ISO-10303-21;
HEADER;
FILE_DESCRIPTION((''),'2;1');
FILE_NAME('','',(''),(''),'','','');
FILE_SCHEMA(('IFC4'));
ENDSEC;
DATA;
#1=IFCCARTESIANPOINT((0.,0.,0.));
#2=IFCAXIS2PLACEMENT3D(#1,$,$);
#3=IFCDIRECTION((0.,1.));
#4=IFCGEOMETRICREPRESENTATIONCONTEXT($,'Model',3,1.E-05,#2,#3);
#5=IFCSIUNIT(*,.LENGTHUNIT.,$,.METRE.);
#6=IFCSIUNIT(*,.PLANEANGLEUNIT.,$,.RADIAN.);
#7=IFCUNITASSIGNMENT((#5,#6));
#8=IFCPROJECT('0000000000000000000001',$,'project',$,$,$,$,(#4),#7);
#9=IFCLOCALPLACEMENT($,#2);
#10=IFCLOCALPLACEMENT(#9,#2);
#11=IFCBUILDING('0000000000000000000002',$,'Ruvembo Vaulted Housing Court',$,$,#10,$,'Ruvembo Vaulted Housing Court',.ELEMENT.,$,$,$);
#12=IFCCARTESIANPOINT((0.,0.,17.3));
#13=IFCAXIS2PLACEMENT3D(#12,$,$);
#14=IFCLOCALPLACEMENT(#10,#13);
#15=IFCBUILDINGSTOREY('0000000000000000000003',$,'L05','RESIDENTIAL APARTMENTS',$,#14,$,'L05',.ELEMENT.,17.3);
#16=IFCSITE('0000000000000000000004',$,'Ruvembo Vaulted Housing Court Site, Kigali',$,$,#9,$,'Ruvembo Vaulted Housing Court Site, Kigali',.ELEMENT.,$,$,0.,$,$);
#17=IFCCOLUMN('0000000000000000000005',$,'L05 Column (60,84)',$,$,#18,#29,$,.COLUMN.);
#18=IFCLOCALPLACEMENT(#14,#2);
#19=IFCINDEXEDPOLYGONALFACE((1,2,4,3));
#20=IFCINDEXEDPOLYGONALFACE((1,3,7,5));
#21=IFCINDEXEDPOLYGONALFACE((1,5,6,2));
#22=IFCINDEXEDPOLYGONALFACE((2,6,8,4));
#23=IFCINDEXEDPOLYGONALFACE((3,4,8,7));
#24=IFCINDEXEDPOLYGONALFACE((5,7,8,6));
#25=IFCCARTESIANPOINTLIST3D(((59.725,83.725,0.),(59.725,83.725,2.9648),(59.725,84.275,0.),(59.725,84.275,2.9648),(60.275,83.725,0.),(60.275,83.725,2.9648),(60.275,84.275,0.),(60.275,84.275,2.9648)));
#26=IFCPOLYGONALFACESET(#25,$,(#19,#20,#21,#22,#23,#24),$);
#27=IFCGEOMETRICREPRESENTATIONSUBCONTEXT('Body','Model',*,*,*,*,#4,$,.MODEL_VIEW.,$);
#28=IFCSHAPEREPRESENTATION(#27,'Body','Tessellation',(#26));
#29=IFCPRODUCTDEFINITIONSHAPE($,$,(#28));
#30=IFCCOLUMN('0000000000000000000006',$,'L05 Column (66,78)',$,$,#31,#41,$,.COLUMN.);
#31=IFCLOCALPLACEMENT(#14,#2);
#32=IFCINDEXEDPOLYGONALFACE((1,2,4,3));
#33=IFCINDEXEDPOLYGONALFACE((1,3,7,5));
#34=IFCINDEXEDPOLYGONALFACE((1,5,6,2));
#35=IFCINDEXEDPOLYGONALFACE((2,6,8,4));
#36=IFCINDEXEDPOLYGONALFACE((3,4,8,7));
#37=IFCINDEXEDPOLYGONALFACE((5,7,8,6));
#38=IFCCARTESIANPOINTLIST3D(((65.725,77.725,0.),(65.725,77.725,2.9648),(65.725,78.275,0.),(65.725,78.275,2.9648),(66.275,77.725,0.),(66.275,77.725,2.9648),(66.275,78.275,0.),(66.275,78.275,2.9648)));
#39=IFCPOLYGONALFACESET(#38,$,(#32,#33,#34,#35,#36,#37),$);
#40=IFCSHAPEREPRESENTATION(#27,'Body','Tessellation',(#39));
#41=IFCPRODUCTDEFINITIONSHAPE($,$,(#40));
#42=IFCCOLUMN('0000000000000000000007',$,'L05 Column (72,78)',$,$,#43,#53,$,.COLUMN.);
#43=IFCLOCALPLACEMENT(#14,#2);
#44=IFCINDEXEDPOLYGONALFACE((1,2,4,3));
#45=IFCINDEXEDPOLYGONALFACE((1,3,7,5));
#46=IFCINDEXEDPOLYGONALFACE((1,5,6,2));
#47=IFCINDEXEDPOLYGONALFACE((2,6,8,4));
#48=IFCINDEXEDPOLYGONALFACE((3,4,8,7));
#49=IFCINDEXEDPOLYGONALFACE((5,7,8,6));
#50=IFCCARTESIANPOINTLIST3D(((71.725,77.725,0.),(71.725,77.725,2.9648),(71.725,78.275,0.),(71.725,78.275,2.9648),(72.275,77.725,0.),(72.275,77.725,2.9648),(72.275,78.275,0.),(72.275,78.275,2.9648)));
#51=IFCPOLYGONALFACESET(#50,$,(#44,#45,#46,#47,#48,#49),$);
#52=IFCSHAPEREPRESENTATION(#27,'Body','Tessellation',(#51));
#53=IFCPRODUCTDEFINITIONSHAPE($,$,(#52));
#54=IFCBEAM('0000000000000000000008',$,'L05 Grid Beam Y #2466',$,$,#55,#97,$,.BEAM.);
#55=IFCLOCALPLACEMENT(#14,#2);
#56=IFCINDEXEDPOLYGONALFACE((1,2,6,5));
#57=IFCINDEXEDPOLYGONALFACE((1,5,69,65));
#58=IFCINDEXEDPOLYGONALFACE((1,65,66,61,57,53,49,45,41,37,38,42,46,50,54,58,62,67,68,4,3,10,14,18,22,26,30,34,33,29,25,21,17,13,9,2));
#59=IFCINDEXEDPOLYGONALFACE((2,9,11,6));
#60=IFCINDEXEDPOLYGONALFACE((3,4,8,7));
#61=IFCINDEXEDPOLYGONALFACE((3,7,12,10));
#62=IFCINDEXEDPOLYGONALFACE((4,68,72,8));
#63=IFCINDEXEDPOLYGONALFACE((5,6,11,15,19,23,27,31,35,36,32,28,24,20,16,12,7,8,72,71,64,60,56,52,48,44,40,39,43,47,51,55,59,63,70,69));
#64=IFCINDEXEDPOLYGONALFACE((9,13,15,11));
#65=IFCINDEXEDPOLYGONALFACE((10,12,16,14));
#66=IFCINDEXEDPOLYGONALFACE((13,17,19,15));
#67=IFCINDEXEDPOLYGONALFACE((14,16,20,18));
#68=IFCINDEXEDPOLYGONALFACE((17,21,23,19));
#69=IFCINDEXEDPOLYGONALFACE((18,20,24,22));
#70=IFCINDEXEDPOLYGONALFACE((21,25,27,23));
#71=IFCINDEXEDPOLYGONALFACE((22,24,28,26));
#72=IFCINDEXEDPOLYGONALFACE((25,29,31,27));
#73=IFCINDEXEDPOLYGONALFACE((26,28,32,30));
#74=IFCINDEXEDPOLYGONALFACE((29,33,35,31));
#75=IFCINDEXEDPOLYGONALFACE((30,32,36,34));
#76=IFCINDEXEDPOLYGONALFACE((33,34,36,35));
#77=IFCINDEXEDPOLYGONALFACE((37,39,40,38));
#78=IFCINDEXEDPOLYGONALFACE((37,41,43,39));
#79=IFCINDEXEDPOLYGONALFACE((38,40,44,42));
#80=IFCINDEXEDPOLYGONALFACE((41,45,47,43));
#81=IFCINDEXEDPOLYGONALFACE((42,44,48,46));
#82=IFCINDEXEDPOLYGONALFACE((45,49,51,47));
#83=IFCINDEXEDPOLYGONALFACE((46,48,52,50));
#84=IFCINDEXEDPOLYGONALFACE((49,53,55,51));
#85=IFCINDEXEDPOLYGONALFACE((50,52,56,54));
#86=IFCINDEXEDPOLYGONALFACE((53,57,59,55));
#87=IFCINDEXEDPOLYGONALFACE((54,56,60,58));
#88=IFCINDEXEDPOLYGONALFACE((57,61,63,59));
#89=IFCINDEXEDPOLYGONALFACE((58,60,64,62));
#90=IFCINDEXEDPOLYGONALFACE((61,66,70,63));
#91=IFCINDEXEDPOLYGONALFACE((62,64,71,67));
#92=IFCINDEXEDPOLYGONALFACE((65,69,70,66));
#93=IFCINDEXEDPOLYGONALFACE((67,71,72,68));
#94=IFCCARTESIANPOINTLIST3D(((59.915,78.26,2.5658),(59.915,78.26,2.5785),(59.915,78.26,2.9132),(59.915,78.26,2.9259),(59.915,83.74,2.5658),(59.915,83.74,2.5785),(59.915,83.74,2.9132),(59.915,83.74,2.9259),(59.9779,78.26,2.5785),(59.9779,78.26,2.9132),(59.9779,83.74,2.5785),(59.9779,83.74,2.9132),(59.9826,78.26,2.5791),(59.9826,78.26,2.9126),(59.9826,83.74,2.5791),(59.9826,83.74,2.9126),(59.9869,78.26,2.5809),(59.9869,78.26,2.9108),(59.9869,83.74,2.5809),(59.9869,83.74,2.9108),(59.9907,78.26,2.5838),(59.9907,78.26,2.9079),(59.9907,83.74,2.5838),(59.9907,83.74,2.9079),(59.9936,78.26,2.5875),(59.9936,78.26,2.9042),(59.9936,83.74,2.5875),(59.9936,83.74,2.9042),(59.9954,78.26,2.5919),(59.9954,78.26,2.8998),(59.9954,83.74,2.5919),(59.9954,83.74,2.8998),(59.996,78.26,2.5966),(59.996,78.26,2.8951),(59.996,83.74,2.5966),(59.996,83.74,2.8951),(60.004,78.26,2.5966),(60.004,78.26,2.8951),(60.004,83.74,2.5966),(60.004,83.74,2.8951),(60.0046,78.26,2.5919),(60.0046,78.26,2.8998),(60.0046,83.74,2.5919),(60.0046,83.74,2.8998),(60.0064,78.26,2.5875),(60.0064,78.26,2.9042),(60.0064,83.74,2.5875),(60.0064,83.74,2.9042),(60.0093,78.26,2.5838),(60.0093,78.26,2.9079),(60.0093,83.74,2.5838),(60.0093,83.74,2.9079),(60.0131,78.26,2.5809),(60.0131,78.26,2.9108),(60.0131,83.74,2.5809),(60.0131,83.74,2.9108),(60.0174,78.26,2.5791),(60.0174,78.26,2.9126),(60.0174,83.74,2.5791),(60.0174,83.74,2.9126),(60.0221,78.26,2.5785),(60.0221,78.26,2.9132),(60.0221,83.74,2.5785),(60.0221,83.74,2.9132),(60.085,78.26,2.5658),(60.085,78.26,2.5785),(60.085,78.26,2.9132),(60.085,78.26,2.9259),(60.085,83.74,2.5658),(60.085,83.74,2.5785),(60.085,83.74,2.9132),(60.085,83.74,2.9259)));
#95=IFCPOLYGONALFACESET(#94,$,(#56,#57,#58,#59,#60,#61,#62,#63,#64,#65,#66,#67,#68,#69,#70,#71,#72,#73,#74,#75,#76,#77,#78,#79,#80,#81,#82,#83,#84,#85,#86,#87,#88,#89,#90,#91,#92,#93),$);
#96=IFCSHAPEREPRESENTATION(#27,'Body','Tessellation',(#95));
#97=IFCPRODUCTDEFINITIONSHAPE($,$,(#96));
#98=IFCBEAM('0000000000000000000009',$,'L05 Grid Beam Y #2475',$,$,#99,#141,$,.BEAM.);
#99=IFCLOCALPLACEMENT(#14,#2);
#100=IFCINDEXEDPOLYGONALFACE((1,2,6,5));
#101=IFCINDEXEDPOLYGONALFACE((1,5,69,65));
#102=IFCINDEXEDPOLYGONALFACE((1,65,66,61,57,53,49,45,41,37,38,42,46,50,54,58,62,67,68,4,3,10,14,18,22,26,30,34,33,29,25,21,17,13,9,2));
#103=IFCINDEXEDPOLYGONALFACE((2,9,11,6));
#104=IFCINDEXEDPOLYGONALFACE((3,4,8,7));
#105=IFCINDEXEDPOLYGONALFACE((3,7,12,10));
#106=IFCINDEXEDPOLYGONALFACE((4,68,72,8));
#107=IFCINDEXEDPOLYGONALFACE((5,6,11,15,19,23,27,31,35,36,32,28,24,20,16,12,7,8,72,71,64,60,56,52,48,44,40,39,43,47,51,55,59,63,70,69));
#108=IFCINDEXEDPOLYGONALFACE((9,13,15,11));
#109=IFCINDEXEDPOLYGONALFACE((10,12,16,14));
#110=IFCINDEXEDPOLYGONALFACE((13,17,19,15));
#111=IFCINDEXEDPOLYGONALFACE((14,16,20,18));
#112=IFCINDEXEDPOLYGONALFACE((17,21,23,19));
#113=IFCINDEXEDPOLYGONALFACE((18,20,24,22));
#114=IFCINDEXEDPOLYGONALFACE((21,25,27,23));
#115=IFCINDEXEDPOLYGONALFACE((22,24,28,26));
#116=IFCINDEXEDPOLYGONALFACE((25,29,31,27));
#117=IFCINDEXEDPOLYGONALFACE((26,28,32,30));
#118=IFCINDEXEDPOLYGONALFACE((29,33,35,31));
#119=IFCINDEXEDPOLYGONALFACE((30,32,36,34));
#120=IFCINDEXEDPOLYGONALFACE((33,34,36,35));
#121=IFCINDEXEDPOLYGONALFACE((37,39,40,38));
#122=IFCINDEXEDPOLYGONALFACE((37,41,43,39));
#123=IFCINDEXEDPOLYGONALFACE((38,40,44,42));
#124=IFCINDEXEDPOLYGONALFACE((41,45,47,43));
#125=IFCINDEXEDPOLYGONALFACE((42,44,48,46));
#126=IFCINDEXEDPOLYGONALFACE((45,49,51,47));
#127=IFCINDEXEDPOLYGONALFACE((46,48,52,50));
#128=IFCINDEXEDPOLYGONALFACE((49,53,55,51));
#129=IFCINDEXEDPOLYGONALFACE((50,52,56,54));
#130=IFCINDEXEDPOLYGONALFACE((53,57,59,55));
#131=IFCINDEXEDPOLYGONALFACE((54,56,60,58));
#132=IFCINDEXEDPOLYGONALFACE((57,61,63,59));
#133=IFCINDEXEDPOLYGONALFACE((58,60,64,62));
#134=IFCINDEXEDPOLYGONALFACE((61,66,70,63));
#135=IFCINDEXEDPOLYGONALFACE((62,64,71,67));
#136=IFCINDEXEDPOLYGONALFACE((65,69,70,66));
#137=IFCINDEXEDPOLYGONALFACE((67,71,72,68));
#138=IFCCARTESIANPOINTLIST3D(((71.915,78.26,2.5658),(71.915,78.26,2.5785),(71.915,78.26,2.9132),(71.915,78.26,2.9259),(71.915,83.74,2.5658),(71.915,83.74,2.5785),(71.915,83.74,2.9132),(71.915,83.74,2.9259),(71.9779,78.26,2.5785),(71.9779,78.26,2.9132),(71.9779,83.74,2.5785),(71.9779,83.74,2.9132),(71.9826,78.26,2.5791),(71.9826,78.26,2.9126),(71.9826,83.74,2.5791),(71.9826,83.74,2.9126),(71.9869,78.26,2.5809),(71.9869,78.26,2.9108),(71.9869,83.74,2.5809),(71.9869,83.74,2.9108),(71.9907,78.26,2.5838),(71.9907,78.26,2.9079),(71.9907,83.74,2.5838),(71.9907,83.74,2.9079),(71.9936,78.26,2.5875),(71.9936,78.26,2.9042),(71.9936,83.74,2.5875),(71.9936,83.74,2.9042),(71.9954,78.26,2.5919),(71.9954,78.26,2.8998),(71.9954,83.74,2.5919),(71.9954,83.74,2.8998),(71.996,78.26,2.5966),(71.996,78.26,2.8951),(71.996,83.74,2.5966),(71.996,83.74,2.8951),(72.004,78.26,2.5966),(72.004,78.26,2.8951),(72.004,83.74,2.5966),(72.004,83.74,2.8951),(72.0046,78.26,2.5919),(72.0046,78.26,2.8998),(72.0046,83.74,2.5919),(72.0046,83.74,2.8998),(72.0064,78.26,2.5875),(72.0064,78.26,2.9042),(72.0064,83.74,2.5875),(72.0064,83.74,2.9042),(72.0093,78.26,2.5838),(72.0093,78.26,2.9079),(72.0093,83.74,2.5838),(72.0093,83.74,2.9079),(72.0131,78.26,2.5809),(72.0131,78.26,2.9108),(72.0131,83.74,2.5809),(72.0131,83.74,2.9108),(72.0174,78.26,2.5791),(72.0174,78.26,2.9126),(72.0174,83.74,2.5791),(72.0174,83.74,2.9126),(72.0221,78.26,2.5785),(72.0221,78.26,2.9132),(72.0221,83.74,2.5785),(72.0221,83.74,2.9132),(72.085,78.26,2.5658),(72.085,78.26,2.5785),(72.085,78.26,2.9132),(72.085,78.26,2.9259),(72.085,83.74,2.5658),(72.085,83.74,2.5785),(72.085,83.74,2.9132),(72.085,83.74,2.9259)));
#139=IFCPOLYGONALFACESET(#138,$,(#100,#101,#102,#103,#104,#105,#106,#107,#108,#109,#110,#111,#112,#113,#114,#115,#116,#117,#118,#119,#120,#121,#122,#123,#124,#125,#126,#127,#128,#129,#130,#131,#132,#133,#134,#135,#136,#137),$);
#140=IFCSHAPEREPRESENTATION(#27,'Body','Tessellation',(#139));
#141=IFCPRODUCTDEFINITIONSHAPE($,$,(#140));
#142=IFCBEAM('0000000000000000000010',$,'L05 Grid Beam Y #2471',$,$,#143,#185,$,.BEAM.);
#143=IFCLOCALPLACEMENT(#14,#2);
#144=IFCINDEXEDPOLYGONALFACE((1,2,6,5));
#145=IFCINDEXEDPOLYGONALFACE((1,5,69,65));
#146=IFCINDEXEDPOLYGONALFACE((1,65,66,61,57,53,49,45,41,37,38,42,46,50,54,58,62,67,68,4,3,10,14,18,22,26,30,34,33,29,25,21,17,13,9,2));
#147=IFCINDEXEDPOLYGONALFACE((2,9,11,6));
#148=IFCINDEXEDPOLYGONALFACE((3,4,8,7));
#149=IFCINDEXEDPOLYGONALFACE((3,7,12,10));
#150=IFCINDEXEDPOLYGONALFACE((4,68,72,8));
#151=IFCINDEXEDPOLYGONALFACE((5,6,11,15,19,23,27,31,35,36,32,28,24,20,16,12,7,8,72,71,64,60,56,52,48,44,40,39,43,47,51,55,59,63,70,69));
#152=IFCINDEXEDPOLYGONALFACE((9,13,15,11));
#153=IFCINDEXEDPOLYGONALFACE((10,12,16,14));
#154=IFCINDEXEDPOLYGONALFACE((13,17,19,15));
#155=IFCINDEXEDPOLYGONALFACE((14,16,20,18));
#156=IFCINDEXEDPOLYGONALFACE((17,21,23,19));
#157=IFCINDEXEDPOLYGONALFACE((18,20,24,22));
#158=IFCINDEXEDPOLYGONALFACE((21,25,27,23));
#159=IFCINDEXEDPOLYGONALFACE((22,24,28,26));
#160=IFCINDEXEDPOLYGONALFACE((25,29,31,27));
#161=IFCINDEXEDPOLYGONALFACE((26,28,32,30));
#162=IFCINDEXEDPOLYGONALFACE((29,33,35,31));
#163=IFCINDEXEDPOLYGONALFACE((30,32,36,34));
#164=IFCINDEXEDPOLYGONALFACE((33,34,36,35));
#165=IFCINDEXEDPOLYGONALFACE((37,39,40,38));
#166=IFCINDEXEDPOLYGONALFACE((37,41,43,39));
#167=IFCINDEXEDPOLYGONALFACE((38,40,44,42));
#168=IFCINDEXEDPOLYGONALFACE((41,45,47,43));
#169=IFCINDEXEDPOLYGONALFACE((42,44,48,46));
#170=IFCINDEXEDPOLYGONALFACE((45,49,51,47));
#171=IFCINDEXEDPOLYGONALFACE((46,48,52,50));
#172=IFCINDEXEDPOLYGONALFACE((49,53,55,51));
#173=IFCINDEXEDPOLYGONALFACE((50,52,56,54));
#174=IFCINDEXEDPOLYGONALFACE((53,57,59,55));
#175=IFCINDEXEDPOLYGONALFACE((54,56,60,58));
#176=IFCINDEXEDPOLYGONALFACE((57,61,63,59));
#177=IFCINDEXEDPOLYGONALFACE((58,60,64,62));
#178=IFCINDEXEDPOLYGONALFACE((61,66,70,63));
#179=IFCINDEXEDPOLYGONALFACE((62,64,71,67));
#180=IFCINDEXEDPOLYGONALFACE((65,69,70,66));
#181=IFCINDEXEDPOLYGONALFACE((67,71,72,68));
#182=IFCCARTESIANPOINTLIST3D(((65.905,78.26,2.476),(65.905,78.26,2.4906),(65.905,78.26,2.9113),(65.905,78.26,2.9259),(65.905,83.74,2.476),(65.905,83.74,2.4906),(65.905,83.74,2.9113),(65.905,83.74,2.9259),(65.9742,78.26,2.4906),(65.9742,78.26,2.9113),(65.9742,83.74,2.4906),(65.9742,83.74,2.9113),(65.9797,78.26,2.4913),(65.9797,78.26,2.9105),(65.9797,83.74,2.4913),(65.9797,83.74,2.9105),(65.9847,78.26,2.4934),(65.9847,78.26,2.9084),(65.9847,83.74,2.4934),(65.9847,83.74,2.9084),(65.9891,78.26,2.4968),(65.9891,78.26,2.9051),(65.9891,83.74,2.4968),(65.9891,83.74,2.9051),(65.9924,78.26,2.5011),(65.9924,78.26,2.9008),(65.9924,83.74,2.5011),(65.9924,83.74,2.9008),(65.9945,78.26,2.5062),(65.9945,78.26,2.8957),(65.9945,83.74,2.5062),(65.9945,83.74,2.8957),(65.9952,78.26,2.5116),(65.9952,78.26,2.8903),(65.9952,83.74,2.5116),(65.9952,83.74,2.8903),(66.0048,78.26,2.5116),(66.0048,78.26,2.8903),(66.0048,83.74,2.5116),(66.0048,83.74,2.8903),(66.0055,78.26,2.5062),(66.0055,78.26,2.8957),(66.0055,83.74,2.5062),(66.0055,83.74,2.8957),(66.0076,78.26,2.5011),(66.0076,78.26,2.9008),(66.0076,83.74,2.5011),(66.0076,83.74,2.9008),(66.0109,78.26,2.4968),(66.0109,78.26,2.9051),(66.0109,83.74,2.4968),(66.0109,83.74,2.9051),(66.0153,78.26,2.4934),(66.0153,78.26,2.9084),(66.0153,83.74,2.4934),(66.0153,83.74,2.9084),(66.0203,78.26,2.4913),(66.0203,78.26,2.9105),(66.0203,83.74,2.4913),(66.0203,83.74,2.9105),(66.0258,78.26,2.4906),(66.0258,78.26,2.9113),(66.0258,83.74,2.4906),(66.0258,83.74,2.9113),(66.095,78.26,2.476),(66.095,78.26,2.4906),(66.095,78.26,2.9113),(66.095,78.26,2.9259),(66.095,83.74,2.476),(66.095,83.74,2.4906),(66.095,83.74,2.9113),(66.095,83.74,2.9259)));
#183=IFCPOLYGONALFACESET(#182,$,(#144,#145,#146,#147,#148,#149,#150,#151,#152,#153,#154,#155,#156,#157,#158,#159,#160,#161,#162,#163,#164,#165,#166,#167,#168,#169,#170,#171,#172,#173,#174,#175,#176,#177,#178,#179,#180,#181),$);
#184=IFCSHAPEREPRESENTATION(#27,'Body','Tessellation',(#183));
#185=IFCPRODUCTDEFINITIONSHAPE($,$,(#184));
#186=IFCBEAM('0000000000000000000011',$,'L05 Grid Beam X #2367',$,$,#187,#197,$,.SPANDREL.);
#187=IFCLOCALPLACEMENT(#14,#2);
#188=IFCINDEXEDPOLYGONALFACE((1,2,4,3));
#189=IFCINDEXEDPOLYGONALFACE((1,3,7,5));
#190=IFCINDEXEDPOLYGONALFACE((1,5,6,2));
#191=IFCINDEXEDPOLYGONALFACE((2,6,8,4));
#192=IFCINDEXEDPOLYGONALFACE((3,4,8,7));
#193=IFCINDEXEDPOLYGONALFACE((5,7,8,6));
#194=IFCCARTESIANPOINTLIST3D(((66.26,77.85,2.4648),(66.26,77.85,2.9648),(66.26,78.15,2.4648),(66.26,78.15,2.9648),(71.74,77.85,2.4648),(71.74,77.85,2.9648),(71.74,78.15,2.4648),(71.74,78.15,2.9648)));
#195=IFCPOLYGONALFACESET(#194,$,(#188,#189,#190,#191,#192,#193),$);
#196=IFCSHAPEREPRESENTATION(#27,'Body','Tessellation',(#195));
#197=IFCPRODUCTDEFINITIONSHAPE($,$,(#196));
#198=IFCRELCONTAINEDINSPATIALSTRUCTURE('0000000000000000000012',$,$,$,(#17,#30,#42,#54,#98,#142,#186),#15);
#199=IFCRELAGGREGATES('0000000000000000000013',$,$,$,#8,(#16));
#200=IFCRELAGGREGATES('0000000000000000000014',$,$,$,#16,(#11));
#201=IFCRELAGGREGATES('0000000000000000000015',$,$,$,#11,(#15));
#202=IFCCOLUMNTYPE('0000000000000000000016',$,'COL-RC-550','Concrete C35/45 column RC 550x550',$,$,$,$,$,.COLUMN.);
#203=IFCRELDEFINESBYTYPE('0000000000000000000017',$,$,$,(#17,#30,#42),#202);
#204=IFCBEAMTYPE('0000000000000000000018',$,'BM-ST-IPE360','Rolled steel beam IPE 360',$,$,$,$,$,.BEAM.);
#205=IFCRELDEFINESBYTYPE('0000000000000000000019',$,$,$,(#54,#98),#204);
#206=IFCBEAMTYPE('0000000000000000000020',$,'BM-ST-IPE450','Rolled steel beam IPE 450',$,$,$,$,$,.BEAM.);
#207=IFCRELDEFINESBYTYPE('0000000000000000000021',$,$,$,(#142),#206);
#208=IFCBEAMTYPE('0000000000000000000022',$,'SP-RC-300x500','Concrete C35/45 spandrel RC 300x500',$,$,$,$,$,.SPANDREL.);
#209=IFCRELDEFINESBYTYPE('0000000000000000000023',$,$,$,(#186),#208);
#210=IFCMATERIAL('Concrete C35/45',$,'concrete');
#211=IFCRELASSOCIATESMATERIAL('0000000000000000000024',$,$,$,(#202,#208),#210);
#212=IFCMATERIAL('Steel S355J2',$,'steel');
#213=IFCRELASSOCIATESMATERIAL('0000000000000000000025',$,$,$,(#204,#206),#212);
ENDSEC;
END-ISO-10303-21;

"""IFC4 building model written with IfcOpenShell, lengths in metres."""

from ifc_helpers import new_model, si_unit, direction, frame, origin, origin_2d, place, context, subcontext, project, spatial, rectangle, i_section, extrude, material, material_profile, profile_set, type_object, element, save


model = new_model("IFC4")

# Units and contexts
model_context = context("Model", 3, precision=1e-05, world=origin(), true_north=direction((0.0, 1.0)))
body_context = subcontext(model_context, "Body", "Model", "MODEL_VIEW")
ifc_project = project(units=[si_unit("LENGTHUNIT", "METRE"), si_unit("PLANEANGLEUNIT", "RADIAN")], contexts=[model_context])

# Site, building, storey
site_placement = place(None, origin())
site = spatial("IfcSite", under=ifc_project, at=site_placement, Name="Ruvembo Vaulted Housing Court Site, Kigali", LongName="Ruvembo Vaulted Housing Court Site, Kigali", CompositionType="ELEMENT", RefElevation=0.0)
building_placement = place(site_placement, origin())
building = spatial("IfcBuilding", under=site, at=building_placement, Name="Ruvembo Vaulted Housing Court", LongName="Ruvembo Vaulted Housing Court", CompositionType="ELEMENT")
storey_placement = place(building_placement, frame((0.0, 0.0, 17.3)))
storey = spatial("IfcBuildingStorey", under=building, at=storey_placement, Name="L05", Description="RESIDENTIAL APARTMENTS", LongName="L05", CompositionType="ELEMENT", Elevation=17.3)

# Columns
ifc_material_1 = material(Name="Concrete C35/45", Category="concrete")
ifc_material_profile_1 = material_profile(ifc_material_1, rectangle(XDim=0.55, YDim=0.55, at=origin_2d()), Name="RC 550x550")
ifc_profile_set_1 = profile_set([ifc_material_profile_1], Name="Concrete C35/45")
column_type = type_object("IfcColumnType", Name="COL-RC-550", Description="Concrete C35/45 column RC 550x550", PredefinedType="COLUMN", material=ifc_profile_set_1)
for number, where, z_axis, x_axis, name in (
    (1, (60.0, 84.0, 0.0), (0.0, 0.0, 1.0), (1.0, 0.0, 0.0), "L05 Column (60,84)"),
    (2, (66.0, 78.0, 0.0), (0.0, 0.0, 1.0), (1.0, 0.0, 0.0), "L05 Column (66,78)"),
    (3, (72.0, 78.0, 0.0), (0.0, 0.0, 1.0), (1.0, 0.0, 0.0), "L05 Column (72,78)"),
):
    element("IfcColumn", number, at=place(storey_placement, frame(where, z_axis=z_axis, x_axis=x_axis)), inside=storey, type_object=column_type, Name=name, PredefinedType="COLUMN", context=body_context, shape_type="SweptSolid", body=[
        extrude(rectangle(XDim=0.55, YDim=0.55, at=origin_2d()), origin(), (0.0, 0.0, 1.0), 2.9648),
    ])

# Beams
ifc_material_2 = material(Name="Steel S355J2", Category="steel")
ifc_material_profile_2 = material_profile(ifc_material_2, i_section(OverallWidth=0.1699, OverallDepth=0.3601, WebThickness=0.0081, FlangeThickness=0.0127, FilletRadius=0.0181, at=origin_2d()), Name="IPE 360")
ifc_profile_set_2 = profile_set([ifc_material_profile_2], Name="Steel S355J2")
beam_type_1 = type_object("IfcBeamType", Name="BM-ST-IPE360", Description="Rolled steel beam IPE 360", PredefinedType="BEAM", material=ifc_profile_set_2)
for number, where, z_axis, x_axis, name in (
    (4, (60.0, 78.26, 2.7458), (0.0, 1.0, 0.0), (-1.0, 0.0, 0.0), "L05 Grid Beam Y #2466"),
    (5, (72.0, 78.26, 2.7458), (0.0, 1.0, 0.0), (-1.0, 0.0, 0.0), "L05 Grid Beam Y #2475"),
):
    element("IfcBeam", number, at=place(storey_placement, frame(where, z_axis=z_axis, x_axis=x_axis)), inside=storey, type_object=beam_type_1, Name=name, PredefinedType="BEAM", context=body_context, shape_type="SweptSolid", body=[
        extrude(i_section(OverallWidth=0.1699, OverallDepth=0.3601, WebThickness=0.0081, FlangeThickness=0.0127, FilletRadius=0.0181, at=origin_2d()), origin(), (0.0, 0.0, 1.0), 5.48),
    ])
ifc_material_profile_3 = material_profile(ifc_material_2, i_section(OverallWidth=0.1899, OverallDepth=0.45, WebThickness=0.0095, FlangeThickness=0.0146, FilletRadius=0.021, at=origin_2d()), Name="IPE 450")
ifc_profile_set_3 = profile_set([ifc_material_profile_3], Name="Steel S355J2")
beam_type_2 = type_object("IfcBeamType", Name="BM-ST-IPE450", Description="Rolled steel beam IPE 450", PredefinedType="BEAM", material=ifc_profile_set_3)
beam_1_placement = place(storey_placement, frame((66.0, 78.26, 2.7009), z_axis=(0.0, 1.0, 0.0), x_axis=(-1.0, 0.0, 0.0)))
element("IfcBeam", 6, at=beam_1_placement, inside=storey, type_object=beam_type_2, Name="L05 Grid Beam Y #2471", PredefinedType="BEAM", context=body_context, shape_type="SweptSolid", body=[
    extrude(i_section(OverallWidth=0.1899, OverallDepth=0.45, WebThickness=0.0095, FlangeThickness=0.0146, FilletRadius=0.021, at=origin_2d()), origin(), (0.0, 0.0, 1.0), 5.48),
])
ifc_material_profile_4 = material_profile(ifc_material_1, rectangle(XDim=0.3, YDim=0.5, at=origin_2d()), Name="RC 300x500")
ifc_profile_set_4 = profile_set([ifc_material_profile_4], Name="Concrete C35/45")
beam_type_3 = type_object("IfcBeamType", Name="SP-RC-300x500", Description="Concrete C35/45 spandrel RC 300x500", PredefinedType="SPANDREL", material=ifc_profile_set_4)
beam_2_placement = place(storey_placement, frame((66.26, 78.0, 2.7148), z_axis=(1.0, 0.0, 0.0), x_axis=(0.0, 1.0, 0.0)))
element("IfcBeam", 7, at=beam_2_placement, inside=storey, type_object=beam_type_3, Name="L05 Grid Beam X #2367", PredefinedType="SPANDREL", context=body_context, shape_type="SweptSolid", body=[
    extrude(rectangle(XDim=0.3, YDim=0.5, at=origin_2d()), origin(), (0.0, 0.0, 1.0), 5.48),
])

save(model, "model.ifc")
